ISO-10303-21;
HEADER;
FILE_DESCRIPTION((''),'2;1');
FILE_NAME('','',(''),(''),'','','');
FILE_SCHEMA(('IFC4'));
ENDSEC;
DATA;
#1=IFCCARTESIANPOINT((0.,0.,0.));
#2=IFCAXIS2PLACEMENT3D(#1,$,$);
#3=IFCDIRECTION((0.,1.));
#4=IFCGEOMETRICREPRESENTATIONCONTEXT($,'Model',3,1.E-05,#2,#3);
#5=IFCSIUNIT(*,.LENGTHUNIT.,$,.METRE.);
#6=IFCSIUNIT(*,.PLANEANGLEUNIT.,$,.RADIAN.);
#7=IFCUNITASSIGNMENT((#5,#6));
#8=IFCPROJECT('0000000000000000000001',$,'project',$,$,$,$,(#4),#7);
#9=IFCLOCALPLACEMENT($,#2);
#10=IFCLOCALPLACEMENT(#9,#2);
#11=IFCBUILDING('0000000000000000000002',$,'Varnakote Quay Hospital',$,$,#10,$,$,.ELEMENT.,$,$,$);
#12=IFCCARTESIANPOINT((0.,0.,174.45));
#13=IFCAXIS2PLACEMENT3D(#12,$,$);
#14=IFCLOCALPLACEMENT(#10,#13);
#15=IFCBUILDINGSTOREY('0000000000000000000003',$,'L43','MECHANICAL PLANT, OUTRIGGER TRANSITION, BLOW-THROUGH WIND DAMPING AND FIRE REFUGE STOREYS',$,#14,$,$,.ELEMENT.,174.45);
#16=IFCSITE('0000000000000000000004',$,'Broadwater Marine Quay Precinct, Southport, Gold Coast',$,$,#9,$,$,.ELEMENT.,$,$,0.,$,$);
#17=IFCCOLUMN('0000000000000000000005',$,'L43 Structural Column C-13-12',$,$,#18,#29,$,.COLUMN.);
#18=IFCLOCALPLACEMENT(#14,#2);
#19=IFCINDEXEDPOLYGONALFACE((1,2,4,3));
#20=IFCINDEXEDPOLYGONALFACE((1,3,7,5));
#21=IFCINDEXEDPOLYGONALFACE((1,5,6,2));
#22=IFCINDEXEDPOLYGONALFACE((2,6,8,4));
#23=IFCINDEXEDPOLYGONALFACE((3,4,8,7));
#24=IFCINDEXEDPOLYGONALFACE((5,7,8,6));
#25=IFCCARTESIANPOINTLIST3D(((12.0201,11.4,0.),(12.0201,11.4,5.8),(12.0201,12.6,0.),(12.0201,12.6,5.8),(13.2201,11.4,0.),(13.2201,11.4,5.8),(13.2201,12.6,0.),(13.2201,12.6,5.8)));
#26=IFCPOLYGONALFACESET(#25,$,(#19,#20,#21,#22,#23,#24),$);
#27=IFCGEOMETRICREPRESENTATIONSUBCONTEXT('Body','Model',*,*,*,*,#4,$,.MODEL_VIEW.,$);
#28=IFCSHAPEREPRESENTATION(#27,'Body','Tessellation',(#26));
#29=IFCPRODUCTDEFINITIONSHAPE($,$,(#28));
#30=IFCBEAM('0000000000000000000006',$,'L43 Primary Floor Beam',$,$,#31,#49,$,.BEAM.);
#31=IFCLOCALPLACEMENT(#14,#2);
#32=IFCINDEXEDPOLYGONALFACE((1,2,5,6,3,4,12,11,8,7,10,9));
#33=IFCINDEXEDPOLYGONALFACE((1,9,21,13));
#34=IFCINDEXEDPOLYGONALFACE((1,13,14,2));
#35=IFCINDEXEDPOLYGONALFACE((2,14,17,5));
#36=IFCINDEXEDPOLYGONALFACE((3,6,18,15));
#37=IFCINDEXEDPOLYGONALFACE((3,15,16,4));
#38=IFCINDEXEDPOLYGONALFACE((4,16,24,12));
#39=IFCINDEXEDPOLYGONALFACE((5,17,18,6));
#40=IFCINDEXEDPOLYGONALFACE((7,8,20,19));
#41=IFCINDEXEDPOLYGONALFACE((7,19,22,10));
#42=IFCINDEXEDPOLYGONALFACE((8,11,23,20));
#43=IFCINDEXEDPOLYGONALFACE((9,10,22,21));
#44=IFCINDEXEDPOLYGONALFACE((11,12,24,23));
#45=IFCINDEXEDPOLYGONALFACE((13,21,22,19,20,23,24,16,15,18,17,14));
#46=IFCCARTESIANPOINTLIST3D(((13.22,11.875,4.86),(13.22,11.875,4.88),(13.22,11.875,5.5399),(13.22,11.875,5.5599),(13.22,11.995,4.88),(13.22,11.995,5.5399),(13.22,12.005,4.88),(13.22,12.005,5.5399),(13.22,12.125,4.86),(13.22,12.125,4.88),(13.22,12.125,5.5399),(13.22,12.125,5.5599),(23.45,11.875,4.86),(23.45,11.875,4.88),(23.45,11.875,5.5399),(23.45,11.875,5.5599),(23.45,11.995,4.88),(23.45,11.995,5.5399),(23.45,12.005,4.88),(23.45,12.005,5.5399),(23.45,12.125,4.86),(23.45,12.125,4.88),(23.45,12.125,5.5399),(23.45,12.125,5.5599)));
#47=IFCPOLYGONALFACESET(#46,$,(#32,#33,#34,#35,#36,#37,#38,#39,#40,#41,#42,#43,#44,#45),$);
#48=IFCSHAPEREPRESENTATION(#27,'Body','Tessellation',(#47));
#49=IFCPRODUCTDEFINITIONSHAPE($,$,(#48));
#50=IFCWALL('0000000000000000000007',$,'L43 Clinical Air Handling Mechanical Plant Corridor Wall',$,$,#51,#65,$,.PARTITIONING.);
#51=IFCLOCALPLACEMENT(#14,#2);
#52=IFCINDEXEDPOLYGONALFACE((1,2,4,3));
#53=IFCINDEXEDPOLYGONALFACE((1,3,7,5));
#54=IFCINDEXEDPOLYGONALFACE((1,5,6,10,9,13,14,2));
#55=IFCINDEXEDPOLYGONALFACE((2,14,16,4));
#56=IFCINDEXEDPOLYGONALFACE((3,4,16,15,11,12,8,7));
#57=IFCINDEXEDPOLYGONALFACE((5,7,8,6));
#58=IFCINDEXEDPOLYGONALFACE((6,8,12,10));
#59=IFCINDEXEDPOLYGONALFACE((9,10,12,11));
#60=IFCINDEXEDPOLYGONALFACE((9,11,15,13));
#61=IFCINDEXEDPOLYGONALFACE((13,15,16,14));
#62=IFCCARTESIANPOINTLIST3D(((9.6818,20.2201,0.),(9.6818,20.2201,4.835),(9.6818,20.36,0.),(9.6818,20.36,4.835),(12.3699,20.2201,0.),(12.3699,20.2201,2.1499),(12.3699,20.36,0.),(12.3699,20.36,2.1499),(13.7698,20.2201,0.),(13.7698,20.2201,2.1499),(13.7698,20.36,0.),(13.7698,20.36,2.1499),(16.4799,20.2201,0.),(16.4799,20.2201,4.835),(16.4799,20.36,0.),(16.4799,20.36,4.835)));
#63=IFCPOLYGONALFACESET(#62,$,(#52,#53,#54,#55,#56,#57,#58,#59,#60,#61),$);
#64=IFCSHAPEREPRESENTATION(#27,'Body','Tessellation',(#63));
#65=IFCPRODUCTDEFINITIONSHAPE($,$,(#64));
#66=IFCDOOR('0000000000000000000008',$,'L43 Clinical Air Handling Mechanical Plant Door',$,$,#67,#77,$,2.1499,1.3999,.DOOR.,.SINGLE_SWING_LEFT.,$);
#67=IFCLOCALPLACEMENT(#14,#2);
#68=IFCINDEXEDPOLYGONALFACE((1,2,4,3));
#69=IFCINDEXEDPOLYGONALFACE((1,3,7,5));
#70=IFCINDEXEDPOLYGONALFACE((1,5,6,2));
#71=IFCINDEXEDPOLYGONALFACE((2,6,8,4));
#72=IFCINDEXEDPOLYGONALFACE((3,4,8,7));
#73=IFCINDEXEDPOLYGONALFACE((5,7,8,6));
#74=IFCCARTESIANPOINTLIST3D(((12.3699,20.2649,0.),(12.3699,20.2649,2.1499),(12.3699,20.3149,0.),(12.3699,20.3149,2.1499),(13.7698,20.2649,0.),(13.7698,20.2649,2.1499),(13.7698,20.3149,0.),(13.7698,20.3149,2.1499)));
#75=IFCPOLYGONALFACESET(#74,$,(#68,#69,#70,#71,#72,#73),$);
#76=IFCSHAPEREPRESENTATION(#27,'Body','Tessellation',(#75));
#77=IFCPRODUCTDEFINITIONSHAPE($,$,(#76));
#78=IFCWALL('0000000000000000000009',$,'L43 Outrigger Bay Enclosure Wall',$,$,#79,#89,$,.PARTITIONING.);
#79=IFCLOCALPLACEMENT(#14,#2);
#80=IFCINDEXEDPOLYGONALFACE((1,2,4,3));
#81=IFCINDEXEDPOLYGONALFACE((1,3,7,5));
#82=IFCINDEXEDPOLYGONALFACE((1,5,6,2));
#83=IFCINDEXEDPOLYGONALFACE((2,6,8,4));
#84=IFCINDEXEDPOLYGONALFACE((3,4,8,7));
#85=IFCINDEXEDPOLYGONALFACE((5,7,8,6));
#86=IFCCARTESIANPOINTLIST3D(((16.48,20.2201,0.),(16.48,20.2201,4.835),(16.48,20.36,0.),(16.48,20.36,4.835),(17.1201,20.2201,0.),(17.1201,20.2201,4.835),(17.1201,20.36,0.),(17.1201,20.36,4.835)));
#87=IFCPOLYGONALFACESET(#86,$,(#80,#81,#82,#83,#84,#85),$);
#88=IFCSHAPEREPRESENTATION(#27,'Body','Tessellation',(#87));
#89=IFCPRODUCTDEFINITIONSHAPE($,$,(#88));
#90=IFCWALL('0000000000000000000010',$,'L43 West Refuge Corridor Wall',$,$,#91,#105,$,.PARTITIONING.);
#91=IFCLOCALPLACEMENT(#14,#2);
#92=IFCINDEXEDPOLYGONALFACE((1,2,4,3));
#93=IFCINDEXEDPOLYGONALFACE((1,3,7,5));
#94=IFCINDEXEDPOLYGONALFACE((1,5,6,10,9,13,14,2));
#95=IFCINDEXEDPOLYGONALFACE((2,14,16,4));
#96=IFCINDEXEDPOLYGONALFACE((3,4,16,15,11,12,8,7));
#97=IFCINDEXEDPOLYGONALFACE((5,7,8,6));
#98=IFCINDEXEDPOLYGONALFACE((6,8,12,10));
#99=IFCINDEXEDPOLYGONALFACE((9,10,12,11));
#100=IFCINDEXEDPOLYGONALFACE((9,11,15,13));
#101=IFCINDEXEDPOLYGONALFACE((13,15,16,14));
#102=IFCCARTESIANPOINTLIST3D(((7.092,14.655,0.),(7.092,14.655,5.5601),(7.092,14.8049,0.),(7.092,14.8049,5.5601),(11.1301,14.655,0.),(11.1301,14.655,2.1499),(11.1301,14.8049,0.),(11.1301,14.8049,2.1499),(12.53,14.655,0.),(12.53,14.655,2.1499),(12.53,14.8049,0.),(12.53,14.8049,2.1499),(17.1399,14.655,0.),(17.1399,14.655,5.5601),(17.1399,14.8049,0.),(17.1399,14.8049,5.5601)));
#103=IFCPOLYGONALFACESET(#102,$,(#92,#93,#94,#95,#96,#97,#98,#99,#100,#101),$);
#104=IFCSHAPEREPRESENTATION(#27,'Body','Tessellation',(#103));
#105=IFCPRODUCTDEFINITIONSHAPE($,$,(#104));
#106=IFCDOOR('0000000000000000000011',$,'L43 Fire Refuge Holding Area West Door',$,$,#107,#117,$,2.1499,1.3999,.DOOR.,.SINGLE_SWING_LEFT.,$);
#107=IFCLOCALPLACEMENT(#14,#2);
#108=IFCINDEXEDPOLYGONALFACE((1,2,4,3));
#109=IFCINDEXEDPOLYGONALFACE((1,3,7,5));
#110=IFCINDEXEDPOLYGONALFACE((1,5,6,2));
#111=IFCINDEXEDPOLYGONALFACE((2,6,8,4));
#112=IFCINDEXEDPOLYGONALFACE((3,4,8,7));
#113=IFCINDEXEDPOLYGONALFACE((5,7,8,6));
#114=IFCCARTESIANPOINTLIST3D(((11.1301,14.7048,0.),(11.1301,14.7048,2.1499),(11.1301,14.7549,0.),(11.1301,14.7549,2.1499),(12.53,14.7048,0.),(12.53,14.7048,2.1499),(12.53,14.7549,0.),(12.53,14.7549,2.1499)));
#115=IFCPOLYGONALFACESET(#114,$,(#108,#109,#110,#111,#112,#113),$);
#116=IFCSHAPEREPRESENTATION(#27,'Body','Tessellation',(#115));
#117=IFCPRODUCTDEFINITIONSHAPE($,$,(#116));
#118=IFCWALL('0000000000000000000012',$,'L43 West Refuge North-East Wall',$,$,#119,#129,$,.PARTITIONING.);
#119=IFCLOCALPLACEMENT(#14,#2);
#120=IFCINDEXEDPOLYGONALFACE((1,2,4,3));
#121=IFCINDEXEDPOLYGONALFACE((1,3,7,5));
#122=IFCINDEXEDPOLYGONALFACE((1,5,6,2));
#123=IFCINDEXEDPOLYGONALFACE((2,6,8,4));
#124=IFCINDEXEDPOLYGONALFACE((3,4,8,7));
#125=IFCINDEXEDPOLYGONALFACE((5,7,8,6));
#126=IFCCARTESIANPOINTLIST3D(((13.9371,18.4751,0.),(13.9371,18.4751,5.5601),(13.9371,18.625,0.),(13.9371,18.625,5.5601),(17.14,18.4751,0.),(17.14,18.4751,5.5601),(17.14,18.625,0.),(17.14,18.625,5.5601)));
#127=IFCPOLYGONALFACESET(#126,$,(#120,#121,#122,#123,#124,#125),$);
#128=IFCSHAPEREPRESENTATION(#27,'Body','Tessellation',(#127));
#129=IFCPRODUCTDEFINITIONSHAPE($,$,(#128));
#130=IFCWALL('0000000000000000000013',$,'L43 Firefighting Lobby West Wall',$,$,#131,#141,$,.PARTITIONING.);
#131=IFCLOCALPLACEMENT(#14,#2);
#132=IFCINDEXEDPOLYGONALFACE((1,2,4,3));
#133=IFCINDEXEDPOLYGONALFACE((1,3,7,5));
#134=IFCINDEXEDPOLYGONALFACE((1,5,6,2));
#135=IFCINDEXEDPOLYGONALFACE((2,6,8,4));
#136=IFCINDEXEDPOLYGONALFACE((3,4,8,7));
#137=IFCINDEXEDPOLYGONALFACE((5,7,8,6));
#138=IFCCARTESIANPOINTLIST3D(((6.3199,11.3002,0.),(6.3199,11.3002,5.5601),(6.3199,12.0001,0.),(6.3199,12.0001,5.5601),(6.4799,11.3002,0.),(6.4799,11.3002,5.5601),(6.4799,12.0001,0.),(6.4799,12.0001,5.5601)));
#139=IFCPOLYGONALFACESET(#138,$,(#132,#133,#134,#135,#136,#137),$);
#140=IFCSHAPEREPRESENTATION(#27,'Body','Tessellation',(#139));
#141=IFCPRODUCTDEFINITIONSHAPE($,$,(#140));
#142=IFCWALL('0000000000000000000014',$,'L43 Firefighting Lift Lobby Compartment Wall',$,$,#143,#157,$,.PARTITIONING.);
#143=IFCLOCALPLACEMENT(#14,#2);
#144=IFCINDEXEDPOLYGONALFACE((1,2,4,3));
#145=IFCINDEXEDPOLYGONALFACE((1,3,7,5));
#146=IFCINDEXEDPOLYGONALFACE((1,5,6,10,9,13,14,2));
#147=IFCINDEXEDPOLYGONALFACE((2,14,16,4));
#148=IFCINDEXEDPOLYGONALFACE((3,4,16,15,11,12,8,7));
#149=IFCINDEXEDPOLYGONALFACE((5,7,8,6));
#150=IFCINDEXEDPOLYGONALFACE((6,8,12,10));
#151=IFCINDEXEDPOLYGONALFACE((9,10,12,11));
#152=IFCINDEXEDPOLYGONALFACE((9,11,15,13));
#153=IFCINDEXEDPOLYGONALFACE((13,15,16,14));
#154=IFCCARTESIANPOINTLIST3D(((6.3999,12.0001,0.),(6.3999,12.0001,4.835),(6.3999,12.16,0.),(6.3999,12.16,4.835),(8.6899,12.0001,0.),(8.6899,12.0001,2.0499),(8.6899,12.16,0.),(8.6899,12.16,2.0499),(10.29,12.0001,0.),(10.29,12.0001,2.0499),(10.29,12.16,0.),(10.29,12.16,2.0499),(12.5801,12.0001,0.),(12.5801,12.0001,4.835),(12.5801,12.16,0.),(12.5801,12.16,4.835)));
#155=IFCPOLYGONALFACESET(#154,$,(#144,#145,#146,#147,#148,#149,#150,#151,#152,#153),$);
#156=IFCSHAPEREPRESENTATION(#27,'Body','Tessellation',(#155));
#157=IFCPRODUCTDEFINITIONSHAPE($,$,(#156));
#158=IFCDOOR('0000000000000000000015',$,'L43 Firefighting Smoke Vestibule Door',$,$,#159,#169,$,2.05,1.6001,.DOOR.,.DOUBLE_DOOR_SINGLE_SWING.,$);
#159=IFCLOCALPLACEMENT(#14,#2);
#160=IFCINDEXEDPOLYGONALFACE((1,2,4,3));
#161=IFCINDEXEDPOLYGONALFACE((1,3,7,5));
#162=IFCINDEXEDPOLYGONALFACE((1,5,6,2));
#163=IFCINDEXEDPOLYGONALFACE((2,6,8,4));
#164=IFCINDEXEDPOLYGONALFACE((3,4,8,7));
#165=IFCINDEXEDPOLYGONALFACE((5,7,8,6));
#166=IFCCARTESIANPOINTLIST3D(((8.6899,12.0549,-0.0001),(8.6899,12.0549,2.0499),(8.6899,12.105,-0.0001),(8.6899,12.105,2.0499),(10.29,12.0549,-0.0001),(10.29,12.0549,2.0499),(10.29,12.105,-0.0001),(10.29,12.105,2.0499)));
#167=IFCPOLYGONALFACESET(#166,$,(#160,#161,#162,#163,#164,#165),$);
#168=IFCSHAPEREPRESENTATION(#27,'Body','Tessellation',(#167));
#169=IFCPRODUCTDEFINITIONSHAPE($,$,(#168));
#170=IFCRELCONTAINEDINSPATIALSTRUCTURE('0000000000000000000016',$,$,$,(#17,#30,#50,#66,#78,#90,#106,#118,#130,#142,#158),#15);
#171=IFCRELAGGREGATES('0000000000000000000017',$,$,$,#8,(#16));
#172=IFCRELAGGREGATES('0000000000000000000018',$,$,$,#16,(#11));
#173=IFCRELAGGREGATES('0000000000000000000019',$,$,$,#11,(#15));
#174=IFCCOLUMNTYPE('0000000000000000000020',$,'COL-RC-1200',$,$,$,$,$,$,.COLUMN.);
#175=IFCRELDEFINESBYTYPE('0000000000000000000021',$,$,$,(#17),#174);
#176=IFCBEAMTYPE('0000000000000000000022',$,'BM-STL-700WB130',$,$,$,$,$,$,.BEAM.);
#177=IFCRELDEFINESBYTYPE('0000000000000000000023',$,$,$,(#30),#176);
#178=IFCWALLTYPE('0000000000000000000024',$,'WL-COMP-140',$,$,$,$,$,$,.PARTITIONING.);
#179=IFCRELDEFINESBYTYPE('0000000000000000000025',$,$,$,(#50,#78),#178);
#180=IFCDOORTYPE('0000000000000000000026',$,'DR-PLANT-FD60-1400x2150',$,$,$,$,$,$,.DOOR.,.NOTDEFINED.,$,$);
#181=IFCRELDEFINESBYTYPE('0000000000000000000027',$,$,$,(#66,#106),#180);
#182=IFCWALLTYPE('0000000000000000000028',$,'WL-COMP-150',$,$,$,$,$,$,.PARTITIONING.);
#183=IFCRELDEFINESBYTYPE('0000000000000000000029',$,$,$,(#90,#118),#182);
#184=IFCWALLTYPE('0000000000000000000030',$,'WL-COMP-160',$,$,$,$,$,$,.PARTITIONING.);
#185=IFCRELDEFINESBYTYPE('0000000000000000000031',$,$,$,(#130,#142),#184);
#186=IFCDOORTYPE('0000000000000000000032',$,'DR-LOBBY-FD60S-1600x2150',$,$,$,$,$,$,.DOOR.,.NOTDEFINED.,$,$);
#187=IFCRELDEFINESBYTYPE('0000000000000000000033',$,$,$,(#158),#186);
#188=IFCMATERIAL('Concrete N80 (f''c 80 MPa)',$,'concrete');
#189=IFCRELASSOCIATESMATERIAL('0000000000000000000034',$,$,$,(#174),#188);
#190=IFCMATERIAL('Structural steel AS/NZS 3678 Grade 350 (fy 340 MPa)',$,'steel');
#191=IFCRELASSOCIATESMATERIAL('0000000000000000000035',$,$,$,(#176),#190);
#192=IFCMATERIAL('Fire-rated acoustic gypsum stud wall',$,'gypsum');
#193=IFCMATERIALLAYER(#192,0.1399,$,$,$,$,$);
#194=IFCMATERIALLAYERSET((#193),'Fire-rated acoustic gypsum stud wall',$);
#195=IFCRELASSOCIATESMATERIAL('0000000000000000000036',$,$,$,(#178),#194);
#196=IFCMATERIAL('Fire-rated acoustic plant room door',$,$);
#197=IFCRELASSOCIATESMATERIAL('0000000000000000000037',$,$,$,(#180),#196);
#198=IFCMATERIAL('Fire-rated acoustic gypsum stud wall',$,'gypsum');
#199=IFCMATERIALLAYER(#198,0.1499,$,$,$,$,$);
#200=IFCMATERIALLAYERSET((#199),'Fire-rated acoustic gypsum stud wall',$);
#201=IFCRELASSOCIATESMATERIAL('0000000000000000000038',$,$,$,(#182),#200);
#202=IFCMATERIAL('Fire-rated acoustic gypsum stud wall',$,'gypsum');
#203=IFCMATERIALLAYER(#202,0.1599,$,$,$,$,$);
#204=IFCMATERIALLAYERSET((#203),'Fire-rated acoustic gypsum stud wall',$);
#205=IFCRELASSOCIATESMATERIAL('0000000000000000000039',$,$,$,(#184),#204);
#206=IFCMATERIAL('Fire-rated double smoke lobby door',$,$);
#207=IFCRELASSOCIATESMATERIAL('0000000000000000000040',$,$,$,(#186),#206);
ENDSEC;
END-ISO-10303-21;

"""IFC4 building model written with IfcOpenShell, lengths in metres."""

from ifc_helpers import new_model, si_unit, direction, frame, frame_2d, origin, origin_2d, place, context, subcontext, project, spatial, rectangle, i_section, extrude, material, layer, layer_set, material_profile, profile_set, type_object, element, fill, save


model = new_model("IFC4")

# Units and contexts
model_context = context("Model", 3, precision=1e-05, world=origin(), true_north=direction((0.0, 1.0)))
body_context = subcontext(model_context, "Body", "Model", "MODEL_VIEW")
ifc_project = project(units=[si_unit("LENGTHUNIT", "METRE"), si_unit("PLANEANGLEUNIT", "RADIAN")], contexts=[model_context])

# Site, building, storey
site_placement = place(None, origin())
site = spatial("IfcSite", under=ifc_project, at=site_placement, Name="Broadwater Marine Quay Precinct, Southport, Gold Coast", CompositionType="ELEMENT", RefElevation=0.0)
building_placement = place(site_placement, origin())
building = spatial("IfcBuilding", under=site, at=building_placement, Name="Varnakote Quay Hospital", CompositionType="ELEMENT")
storey_placement = place(building_placement, frame((0.0, 0.0, 174.45)))
storey = spatial("IfcBuildingStorey", under=building, at=storey_placement, Name="L43", Description="MECHANICAL PLANT, OUTRIGGER TRANSITION, BLOW-THROUGH WIND DAMPING AND FIRE REFUGE STOREYS", CompositionType="ELEMENT", Elevation=174.45)

# Column
ifc_material_1 = material(Name="Concrete N80 (f'c 80 MPa)", Category="concrete")
ifc_material_profile_1 = material_profile(ifc_material_1, rectangle(XDim=1.2, YDim=1.2, at=origin_2d()), Name="RC-COL-1200x1200")
ifc_profile_set_1 = profile_set([ifc_material_profile_1], Name="Concrete N80 (f'c 80 MPa)")
column_type = type_object("IfcColumnType", Name="COL-RC-1200", PredefinedType="COLUMN", material=ifc_profile_set_1)
column_placement = place(storey_placement, frame((12.6201, 12.0, 0.0), z_axis=(0.0, 0.0, 1.0), x_axis=(1.0, 0.0, 0.0)))
element("IfcColumn", 1, at=column_placement, inside=storey, type_object=column_type, Name="L43 Structural Column C-13-12", PredefinedType="COLUMN", context=body_context, shape_type="SweptSolid", body=[
    extrude(rectangle(XDim=1.2, YDim=1.2, at=origin_2d()), origin(), (0.0, 0.0, 1.0), 5.8),
])

# Beam
ifc_material_2 = material(Name="Structural steel AS/NZS 3678 Grade 350 (fy 340 MPa)", Category="steel")
ifc_material_profile_2 = material_profile(ifc_material_2, i_section(OverallWidth=0.25, OverallDepth=0.7, WebThickness=0.01, FlangeThickness=0.02, at=origin_2d()), Name="700WB130")
ifc_profile_set_2 = profile_set([ifc_material_profile_2], Name="Structural steel AS/NZS 3678 Grade 350 (fy 340 MPa)")
beam_type = type_object("IfcBeamType", Name="BM-STL-700WB130", PredefinedType="BEAM", material=ifc_profile_set_2)
beam_placement = place(storey_placement, frame((13.22, 12.0, 5.21), z_axis=(1.0, 0.0, 0.0), x_axis=(0.0, 1.0, 0.0)))
element("IfcBeam", 2, at=beam_placement, inside=storey, type_object=beam_type, Name="L43 Primary Floor Beam", PredefinedType="BEAM", context=body_context, shape_type="SweptSolid", body=[
    extrude(i_section(OverallWidth=0.25, OverallDepth=0.7, WebThickness=0.01, FlangeThickness=0.02, at=origin_2d()), origin(), (0.0, 0.0, 1.0), 10.23),
])

# Wall, opening, door
ifc_material_3 = material(Name="Fire-rated acoustic gypsum stud wall", Category="gypsum")
ifc_layer_1 = layer(ifc_material_3, 0.1399)
ifc_layer_set_1 = layer_set([ifc_layer_1], Name="Fire-rated acoustic gypsum stud wall")
wall_type_1 = type_object("IfcWallType", Name="WL-COMP-140", PredefinedType="PARTITIONING", material=ifc_layer_set_1)
wall_1_placement = place(storey_placement, frame((9.6819, 20.29, 0.0), z_axis=(0.0, 0.0, 1.0), x_axis=(1.0, 0.0, 0.0)))
wall_1 = element("IfcWall", 3, at=wall_1_placement, inside=storey, type_object=wall_type_1, Name="L43 Clinical Air Handling Mechanical Plant Corridor Wall", PredefinedType="PARTITIONING", context=body_context, shape_type="SweptSolid", body=[
    extrude(rectangle(XDim=6.7981, YDim=0.1399, at=frame_2d((3.3989, 0.0))), origin(), (0.0, 0.0, 1.0), 4.835),
])
opening_1_placement = place(wall_1_placement, frame((2.688, 0.0, 0.0)))
opening_1 = element("IfcOpeningElement", 4, at=opening_1_placement, cuts=wall_1, PredefinedType="OPENING", context=body_context, shape_type="SweptSolid", body=[
    extrude(rectangle(XDim=1.3999, YDim=2.1499, at=frame_2d((0.7, 1.075))), frame((0.0, 0.0798, 0.0), z_axis=(0.0, -1.0, 0.0), x_axis=(1.0, 0.0, 0.0)), (0.0, 0.0, 1.0), 0.1599),
])
ifc_material_4 = material(Name="Fire-rated acoustic plant room door")
door_type_1 = type_object("IfcDoorType", Name="DR-PLANT-FD60-1400x2150", OperationType="NOTDEFINED", PredefinedType="DOOR", material=ifc_material_4)
door_1_placement = place(opening_1_placement, origin())
door_1 = element("IfcDoor", 5, at=door_1_placement, inside=storey, type_object=door_type_1, Name="L43 Clinical Air Handling Mechanical Plant Door", OperationType="SINGLE_SWING_LEFT", OverallHeight=2.1499, OverallWidth=1.3999, PredefinedType="DOOR", context=body_context, shape_type="SweptSolid", body=[
    extrude(rectangle(XDim=1.3999, YDim=2.1499, at=frame_2d((0.7, 1.075))), frame((0.0, 0.0249, 0.0), z_axis=(0.0, -1.0, 0.0), x_axis=(1.0, 0.0, 0.0)), (0.0, 0.0, 1.0), 0.05),
])
fill(opening_1, door_1)

# Wall
wall_2_placement = place(storey_placement, frame((16.48, 20.29, 0.0), z_axis=(0.0, 0.0, 1.0), x_axis=(1.0, 0.0, 0.0)))
element("IfcWall", 6, at=wall_2_placement, inside=storey, type_object=wall_type_1, Name="L43 Outrigger Bay Enclosure Wall", PredefinedType="PARTITIONING", context=body_context, shape_type="SweptSolid", body=[
    extrude(rectangle(XDim=0.6401, YDim=0.1399, at=frame_2d((0.3201, 0.0))), origin(), (0.0, 0.0, 1.0), 4.835),
])

# Wall, opening, door
ifc_material_5 = material(Name="Fire-rated acoustic gypsum stud wall", Category="gypsum")
ifc_layer_2 = layer(ifc_material_5, 0.1499)
ifc_layer_set_2 = layer_set([ifc_layer_2], Name="Fire-rated acoustic gypsum stud wall")
wall_type_2 = type_object("IfcWallType", Name="WL-COMP-150", PredefinedType="PARTITIONING", material=ifc_layer_set_2)
wall_3_placement = place(storey_placement, frame((7.092, 14.73, 0.0), z_axis=(0.0, 0.0, 1.0), x_axis=(1.0, 0.0, 0.0)))
wall_3 = element("IfcWall", 7, at=wall_3_placement, inside=storey, type_object=wall_type_2, Name="L43 West Refuge Corridor Wall", PredefinedType="PARTITIONING", context=body_context, shape_type="SweptSolid", body=[
    extrude(rectangle(XDim=10.0479, YDim=0.1499, at=frame_2d((5.0239, 0.0))), origin(), (0.0, 0.0, 1.0), 5.5601),
])
opening_2_placement = place(wall_3_placement, frame((4.0381, 0.0, 0.0)))
opening_2 = element("IfcOpeningElement", 8, at=opening_2_placement, cuts=wall_3, PredefinedType="OPENING", context=body_context, shape_type="SweptSolid", body=[
    extrude(rectangle(XDim=1.3999, YDim=2.1499, at=frame_2d((0.7, 1.075))), frame((0.0, 0.085, 0.0), z_axis=(0.0, -1.0, 0.0), x_axis=(1.0, 0.0, 0.0)), (0.0, 0.0, 1.0), 0.1699),
])
door_2_placement = place(opening_2_placement, origin())
door_2 = element("IfcDoor", 9, at=door_2_placement, inside=storey, type_object=door_type_1, Name="L43 Fire Refuge Holding Area West Door", OperationType="SINGLE_SWING_LEFT", OverallHeight=2.1499, OverallWidth=1.3999, PredefinedType="DOOR", context=body_context, shape_type="SweptSolid", body=[
    extrude(rectangle(XDim=1.3999, YDim=2.1499, at=frame_2d((0.7, 1.075))), frame((0.0, 0.0249, 0.0), z_axis=(0.0, -1.0, 0.0), x_axis=(1.0, 0.0, 0.0)), (0.0, 0.0, 1.0), 0.05),
])
fill(opening_2, door_2)

# Walls
wall_4_placement = place(storey_placement, frame((13.937, 18.55, 0.0), z_axis=(0.0, 0.0, 1.0), x_axis=(1.0, 0.0, 0.0)))
element("IfcWall", 10, at=wall_4_placement, inside=storey, type_object=wall_type_2, Name="L43 West Refuge North-East Wall", PredefinedType="PARTITIONING", context=body_context, shape_type="SweptSolid", body=[
    extrude(rectangle(XDim=3.2029, YDim=0.1499, at=frame_2d((1.6016, 0.0))), origin(), (0.0, 0.0, 1.0), 5.5601),
])
ifc_material_6 = material(Name="Fire-rated acoustic gypsum stud wall", Category="gypsum")
ifc_layer_3 = layer(ifc_material_6, 0.1599)
ifc_layer_set_3 = layer_set([ifc_layer_3], Name="Fire-rated acoustic gypsum stud wall")
wall_type_3 = type_object("IfcWallType", Name="WL-COMP-160", PredefinedType="PARTITIONING", material=ifc_layer_set_3)
wall_5_placement = place(storey_placement, frame((6.3999, 11.3, 0.0), z_axis=(0.0, 0.0, 1.0), x_axis=(0.0, 1.0, 0.0)))
element("IfcWall", 11, at=wall_5_placement, inside=storey, type_object=wall_type_3, Name="L43 Firefighting Lobby West Wall", PredefinedType="PARTITIONING", context=body_context, shape_type="SweptSolid", body=[
    extrude(rectangle(XDim=0.7, YDim=0.1599, at=frame_2d((0.3501, 0.0))), origin(), (0.0, 0.0, 1.0), 5.5601),
])

# Wall, opening, door
wall_6_placement = place(storey_placement, frame((6.3999, 12.0801, 0.0), z_axis=(0.0, 0.0, 1.0), x_axis=(1.0, 0.0, 0.0)))
wall_6 = element("IfcWall", 12, at=wall_6_placement, inside=storey, type_object=wall_type_3, Name="L43 Firefighting Lift Lobby Compartment Wall", PredefinedType="PARTITIONING", context=body_context, shape_type="SweptSolid", body=[
    extrude(rectangle(XDim=6.1802, YDim=0.1599, at=frame_2d((3.0901, 0.0))), origin(), (0.0, 0.0, 1.0), 4.835),
])
opening_3_placement = place(wall_6_placement, frame((2.29, 0.0, 0.0)))
opening_3 = element("IfcOpeningElement", 13, at=opening_3_placement, cuts=wall_6, PredefinedType="OPENING", context=body_context, shape_type="SweptSolid", body=[
    extrude(rectangle(XDim=1.6001, YDim=2.05, at=frame_2d((0.8, 1.0249))), frame((0.0, 0.0898, 0.0), z_axis=(0.0, -1.0, 0.0), x_axis=(1.0, 0.0, 0.0)), (0.0, 0.0, 1.0), 0.1799),
])
ifc_material_7 = material(Name="Fire-rated double smoke lobby door")
door_type_2 = type_object("IfcDoorType", Name="DR-LOBBY-FD60S-1600x2150", OperationType="NOTDEFINED", PredefinedType="DOOR", material=ifc_material_7)
door_3_placement = place(opening_3_placement, origin())
door_3 = element("IfcDoor", 14, at=door_3_placement, inside=storey, type_object=door_type_2, Name="L43 Firefighting Smoke Vestibule Door", OperationType="DOUBLE_DOOR_SINGLE_SWING", OverallHeight=2.05, OverallWidth=1.6001, PredefinedType="DOOR", context=body_context, shape_type="SweptSolid", body=[
    extrude(rectangle(XDim=1.6001, YDim=2.05, at=frame_2d((0.8, 1.0249))), frame((0.0, 0.0249, 0.0), z_axis=(0.0, -1.0, 0.0), x_axis=(1.0, 0.0, 0.0)), (0.0, 0.0, 1.0), 0.05),
])
fill(opening_3, door_3)

save(model, "model.ifc")
